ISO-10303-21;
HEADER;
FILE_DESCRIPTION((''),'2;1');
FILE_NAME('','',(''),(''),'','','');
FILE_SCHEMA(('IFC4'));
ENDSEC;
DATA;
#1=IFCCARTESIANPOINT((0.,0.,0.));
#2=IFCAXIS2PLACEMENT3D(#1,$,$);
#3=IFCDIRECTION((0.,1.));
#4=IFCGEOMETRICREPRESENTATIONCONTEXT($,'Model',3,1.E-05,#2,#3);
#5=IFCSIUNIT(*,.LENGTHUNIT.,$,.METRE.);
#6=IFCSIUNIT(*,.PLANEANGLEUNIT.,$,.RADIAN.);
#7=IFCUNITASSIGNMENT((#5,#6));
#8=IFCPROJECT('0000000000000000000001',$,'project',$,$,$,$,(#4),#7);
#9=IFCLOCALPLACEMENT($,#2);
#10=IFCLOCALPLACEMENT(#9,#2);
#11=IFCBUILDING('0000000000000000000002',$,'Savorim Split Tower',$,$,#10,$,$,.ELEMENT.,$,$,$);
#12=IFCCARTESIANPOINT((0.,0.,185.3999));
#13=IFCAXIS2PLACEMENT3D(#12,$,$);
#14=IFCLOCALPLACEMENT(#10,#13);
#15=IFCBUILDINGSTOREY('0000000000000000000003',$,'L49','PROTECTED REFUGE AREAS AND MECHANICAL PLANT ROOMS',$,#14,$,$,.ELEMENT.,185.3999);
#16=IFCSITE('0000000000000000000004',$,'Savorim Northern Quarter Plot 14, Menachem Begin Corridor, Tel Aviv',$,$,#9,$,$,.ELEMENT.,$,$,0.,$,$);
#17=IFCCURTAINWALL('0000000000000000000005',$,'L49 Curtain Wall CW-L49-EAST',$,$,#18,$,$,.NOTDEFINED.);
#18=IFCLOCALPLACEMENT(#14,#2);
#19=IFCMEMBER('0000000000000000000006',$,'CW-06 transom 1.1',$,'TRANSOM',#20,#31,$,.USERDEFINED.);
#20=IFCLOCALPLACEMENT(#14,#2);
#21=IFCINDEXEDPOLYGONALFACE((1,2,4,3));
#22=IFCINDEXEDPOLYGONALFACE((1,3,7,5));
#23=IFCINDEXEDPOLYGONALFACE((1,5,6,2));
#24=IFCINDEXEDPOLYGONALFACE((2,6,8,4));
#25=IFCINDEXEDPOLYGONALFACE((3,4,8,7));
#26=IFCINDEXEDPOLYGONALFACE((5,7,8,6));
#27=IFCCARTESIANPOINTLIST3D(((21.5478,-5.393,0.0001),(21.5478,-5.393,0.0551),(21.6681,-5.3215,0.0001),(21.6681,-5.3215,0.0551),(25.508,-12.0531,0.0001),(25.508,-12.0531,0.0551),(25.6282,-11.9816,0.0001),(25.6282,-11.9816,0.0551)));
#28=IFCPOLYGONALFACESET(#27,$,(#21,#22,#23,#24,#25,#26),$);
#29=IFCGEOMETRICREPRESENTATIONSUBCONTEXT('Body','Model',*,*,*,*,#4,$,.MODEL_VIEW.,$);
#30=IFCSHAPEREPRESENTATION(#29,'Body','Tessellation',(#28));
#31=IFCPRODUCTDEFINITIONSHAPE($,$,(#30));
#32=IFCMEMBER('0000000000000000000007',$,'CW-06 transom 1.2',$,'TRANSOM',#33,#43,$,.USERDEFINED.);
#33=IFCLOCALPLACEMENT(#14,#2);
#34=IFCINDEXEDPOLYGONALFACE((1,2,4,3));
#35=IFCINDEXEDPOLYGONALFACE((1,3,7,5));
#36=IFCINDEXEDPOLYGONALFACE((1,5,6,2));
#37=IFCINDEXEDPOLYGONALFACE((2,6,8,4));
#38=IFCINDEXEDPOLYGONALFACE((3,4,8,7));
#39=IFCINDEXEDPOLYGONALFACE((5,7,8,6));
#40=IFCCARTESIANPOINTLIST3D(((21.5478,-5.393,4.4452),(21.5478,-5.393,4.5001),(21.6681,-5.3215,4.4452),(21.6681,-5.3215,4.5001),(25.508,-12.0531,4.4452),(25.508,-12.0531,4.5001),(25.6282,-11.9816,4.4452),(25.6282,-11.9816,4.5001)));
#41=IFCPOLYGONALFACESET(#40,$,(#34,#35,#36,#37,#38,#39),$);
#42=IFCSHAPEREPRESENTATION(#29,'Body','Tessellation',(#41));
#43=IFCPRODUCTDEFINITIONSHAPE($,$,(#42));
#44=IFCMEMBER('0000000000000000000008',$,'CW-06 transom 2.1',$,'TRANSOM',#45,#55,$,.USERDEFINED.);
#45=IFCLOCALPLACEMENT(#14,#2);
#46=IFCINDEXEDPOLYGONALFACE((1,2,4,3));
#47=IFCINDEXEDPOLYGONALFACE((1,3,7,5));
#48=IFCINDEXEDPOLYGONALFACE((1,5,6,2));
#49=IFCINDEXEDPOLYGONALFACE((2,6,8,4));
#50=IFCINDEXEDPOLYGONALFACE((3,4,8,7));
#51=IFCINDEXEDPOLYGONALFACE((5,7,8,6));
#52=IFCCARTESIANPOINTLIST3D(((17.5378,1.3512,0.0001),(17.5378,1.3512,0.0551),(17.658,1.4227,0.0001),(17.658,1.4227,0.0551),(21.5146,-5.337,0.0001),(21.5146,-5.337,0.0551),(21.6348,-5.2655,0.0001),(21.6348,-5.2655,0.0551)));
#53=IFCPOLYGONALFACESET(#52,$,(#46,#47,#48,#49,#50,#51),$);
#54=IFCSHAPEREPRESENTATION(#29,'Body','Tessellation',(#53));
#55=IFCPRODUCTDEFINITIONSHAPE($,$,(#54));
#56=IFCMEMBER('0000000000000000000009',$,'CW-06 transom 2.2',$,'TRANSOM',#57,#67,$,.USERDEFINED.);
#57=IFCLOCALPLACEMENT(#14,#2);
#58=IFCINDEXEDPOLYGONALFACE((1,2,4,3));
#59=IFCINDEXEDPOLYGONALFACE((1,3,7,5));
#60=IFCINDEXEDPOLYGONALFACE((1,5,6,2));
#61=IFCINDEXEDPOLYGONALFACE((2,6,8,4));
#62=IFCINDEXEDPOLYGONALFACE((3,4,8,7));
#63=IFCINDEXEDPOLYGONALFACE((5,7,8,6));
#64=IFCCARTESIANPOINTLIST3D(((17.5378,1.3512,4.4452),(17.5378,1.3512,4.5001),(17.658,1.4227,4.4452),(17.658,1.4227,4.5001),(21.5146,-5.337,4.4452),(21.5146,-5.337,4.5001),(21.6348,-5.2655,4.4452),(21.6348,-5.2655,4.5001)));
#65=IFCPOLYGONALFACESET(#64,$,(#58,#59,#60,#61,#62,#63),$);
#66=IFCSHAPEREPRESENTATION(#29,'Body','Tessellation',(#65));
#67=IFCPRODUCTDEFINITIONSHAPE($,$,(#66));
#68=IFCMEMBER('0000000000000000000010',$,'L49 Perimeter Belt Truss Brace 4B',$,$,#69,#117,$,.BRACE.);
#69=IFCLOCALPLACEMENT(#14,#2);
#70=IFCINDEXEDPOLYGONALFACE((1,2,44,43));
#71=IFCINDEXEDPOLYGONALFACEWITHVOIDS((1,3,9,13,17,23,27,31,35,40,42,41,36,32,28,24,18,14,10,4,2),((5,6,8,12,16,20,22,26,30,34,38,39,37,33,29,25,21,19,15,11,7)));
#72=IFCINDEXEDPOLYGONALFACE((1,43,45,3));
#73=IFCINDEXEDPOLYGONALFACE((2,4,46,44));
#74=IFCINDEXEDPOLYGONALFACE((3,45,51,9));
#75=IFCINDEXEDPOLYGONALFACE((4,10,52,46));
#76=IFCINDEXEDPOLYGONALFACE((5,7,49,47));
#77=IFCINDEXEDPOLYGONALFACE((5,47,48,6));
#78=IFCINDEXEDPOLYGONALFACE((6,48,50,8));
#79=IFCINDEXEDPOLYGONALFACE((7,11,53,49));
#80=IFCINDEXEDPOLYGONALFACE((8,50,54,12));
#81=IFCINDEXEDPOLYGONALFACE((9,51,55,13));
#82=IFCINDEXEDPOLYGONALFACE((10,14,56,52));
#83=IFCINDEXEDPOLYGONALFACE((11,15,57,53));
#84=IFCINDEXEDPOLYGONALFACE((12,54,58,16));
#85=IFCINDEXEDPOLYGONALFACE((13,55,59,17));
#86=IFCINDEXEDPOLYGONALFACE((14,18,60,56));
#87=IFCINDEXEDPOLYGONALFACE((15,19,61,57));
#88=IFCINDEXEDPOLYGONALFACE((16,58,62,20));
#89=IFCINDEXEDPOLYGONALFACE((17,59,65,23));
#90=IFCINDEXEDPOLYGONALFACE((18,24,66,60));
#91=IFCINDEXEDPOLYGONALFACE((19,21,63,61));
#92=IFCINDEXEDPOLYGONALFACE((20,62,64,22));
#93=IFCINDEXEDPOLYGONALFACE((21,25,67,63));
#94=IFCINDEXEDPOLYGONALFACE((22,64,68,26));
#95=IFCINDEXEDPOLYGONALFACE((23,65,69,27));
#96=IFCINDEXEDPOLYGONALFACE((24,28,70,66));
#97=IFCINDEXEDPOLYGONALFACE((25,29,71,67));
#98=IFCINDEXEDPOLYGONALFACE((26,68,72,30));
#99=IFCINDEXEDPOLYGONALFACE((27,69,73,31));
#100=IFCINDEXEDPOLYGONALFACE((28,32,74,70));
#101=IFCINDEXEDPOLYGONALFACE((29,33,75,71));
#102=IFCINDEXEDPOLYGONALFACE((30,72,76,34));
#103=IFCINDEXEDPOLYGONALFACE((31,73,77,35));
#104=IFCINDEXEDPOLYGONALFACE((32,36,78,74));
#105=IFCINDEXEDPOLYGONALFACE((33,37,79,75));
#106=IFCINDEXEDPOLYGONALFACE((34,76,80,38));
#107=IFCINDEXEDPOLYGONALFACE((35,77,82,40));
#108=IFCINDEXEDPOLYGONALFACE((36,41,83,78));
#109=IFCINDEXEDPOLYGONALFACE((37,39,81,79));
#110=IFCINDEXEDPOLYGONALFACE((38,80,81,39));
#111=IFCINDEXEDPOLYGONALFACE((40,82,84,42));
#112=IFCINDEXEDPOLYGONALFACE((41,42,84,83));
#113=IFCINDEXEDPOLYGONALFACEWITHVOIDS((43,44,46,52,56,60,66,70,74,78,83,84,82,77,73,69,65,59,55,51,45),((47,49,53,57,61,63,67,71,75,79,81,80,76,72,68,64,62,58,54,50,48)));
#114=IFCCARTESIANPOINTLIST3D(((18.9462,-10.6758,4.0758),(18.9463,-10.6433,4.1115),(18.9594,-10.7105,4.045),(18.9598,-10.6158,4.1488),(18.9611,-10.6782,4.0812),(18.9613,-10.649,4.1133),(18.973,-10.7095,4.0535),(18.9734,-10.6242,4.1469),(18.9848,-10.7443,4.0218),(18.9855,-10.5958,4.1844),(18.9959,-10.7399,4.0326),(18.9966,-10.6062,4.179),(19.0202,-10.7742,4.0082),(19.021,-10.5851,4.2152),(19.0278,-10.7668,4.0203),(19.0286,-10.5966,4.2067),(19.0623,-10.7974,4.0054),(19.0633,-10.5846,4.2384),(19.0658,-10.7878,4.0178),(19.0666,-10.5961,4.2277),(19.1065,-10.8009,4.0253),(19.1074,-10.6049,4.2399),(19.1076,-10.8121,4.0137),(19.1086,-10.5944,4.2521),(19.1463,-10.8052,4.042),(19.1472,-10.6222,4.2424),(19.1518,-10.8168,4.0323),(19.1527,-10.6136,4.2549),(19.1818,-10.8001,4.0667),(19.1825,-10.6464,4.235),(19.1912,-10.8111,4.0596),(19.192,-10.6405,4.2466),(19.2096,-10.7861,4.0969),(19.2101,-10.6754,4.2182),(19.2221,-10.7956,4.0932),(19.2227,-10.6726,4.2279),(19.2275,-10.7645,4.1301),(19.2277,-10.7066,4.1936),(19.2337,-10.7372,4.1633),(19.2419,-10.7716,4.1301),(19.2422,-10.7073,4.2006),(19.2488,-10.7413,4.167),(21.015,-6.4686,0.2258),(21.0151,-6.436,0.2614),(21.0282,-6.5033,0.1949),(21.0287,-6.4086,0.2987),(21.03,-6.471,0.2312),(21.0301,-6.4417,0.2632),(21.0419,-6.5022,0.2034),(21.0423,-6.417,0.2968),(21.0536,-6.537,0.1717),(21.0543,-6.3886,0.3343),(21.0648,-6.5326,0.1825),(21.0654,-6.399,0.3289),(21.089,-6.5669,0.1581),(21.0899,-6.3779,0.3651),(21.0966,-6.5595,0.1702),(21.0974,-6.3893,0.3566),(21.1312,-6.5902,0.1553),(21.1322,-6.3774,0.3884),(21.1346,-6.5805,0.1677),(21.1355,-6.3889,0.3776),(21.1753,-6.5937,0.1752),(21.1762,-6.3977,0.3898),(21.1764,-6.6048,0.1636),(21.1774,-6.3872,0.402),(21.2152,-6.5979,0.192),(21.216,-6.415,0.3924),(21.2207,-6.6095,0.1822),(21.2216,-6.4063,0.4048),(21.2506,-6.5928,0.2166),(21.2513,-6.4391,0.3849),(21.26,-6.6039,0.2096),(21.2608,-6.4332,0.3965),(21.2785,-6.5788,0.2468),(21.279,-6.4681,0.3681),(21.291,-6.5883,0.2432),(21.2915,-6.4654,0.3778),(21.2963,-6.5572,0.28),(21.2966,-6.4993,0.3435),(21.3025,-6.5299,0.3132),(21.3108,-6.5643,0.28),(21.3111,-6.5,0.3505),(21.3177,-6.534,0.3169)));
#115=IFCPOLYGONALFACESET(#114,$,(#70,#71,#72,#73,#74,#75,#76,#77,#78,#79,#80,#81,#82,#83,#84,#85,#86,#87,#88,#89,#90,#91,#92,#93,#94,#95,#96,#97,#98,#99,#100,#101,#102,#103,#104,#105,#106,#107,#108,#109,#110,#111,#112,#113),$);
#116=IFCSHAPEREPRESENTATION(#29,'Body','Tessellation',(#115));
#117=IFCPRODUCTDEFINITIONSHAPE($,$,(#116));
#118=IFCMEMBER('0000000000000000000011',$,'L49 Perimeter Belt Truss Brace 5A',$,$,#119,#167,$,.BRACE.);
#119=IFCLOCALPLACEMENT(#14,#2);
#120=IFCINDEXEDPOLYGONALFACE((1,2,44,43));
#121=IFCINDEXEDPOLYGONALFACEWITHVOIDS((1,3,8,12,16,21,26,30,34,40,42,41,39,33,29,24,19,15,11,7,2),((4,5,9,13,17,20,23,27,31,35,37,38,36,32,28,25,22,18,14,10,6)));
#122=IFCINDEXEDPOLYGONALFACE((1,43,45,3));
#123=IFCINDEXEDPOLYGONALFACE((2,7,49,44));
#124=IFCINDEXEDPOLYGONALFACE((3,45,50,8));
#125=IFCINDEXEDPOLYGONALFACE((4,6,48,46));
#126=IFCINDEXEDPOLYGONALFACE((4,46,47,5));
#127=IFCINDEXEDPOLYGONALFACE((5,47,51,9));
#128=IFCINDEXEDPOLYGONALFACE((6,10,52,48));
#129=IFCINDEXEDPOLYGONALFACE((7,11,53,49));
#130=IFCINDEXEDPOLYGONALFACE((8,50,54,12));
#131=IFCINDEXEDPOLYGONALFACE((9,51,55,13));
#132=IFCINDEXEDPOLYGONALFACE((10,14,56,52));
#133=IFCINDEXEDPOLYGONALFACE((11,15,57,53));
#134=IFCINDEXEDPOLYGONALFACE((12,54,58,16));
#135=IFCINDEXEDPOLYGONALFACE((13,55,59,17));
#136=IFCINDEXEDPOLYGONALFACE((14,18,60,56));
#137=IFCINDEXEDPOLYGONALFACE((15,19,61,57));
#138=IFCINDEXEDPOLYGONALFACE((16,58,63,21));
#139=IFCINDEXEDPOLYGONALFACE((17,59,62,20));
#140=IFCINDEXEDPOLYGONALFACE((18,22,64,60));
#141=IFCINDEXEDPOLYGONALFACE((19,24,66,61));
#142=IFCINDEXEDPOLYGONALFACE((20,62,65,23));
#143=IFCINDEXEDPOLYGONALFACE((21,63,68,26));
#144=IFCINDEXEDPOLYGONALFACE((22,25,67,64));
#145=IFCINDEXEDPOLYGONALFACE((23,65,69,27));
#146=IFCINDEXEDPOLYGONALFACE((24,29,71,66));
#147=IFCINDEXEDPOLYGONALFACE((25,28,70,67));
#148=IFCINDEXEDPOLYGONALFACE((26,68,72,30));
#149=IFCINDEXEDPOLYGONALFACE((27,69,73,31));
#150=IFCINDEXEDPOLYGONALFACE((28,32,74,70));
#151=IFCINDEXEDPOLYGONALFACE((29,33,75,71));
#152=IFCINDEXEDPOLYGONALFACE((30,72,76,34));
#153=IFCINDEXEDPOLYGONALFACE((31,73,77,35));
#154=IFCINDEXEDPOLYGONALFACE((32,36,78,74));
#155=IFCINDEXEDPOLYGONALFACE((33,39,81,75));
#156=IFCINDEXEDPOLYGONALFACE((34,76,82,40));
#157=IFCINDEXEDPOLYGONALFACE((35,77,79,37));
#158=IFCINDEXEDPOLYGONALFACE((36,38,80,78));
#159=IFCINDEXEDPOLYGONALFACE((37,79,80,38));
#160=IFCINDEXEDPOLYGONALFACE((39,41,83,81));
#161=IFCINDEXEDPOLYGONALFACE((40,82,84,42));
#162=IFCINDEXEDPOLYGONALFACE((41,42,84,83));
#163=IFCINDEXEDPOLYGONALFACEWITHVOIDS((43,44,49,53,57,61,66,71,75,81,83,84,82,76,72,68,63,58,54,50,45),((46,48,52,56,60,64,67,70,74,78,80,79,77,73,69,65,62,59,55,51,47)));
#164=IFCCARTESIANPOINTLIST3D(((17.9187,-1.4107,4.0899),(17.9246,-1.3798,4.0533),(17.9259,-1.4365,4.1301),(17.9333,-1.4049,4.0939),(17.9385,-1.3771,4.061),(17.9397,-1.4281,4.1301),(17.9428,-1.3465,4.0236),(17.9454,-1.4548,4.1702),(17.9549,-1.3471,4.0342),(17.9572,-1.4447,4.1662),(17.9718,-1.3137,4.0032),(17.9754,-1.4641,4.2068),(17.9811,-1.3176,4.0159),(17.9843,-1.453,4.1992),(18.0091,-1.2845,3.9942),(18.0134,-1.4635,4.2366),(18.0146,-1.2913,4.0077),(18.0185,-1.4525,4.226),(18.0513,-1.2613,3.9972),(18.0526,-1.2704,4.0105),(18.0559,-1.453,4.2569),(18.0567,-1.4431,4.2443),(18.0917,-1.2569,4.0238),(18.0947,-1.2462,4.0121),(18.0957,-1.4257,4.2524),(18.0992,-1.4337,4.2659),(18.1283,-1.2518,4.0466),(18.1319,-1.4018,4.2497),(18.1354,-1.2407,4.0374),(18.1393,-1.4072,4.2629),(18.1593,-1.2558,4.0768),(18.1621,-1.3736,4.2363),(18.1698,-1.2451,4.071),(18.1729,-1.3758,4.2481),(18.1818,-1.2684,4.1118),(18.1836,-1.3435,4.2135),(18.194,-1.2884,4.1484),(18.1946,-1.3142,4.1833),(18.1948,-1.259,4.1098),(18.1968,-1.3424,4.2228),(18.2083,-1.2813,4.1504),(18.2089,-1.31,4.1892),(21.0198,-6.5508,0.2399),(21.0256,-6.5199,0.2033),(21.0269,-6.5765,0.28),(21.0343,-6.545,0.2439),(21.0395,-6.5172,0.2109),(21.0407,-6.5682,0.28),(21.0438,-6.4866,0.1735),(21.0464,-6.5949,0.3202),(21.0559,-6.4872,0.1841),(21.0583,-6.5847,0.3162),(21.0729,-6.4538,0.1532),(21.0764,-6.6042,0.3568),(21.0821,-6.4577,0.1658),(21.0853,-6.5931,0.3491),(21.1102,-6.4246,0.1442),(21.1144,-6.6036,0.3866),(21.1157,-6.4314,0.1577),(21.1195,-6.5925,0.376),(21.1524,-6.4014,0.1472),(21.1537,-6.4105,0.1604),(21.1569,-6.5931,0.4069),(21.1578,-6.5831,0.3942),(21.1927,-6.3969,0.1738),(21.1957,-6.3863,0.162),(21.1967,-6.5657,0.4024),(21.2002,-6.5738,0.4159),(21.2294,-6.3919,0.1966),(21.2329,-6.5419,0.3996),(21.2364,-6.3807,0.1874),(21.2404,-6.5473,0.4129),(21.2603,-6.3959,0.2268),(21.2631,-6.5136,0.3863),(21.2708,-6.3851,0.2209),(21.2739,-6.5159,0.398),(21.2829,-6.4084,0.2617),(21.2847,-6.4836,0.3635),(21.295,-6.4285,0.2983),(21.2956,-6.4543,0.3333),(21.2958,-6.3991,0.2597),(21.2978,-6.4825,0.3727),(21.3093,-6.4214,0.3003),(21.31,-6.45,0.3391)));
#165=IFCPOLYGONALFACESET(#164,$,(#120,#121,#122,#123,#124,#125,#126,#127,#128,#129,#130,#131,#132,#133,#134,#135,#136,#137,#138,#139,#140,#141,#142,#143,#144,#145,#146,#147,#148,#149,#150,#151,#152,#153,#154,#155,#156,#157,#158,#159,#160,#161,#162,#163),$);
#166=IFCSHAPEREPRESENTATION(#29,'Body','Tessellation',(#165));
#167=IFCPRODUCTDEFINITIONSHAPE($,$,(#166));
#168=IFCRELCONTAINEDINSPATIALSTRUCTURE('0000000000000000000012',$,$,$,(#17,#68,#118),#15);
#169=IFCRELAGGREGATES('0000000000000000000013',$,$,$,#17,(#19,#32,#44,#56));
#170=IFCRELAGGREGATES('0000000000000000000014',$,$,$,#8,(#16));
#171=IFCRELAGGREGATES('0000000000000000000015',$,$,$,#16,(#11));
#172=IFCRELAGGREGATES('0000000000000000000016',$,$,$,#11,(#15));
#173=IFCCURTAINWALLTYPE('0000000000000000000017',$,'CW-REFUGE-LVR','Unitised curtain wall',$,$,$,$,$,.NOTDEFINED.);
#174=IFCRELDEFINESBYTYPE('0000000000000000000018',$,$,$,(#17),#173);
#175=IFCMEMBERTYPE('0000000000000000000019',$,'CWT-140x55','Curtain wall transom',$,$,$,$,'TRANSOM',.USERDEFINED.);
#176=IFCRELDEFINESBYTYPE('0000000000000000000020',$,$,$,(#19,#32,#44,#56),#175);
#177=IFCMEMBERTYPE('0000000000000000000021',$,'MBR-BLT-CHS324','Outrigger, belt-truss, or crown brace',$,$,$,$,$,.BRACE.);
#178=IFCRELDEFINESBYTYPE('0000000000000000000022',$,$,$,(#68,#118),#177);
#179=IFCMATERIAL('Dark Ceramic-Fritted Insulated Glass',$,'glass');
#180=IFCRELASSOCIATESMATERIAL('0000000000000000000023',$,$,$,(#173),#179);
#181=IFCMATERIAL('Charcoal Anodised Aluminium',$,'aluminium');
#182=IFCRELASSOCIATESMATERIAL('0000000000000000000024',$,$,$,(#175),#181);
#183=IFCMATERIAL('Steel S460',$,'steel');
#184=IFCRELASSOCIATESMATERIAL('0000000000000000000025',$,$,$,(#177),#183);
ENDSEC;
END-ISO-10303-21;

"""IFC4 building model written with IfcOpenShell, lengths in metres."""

from ifc_helpers import new_model, si_unit, direction, frame, origin, origin_2d, place, context, subcontext, project, spatial, rectangle, hollow_circle, extrude, material, material_profile, profile_set, type_object, element, aggregate, save


model = new_model("IFC4")

# Units and contexts
model_context = context("Model", 3, precision=1e-05, world=origin(), true_north=direction((0.0, 1.0)))
body_context = subcontext(model_context, "Body", "Model", "MODEL_VIEW")
ifc_project = project(units=[si_unit("LENGTHUNIT", "METRE"), si_unit("PLANEANGLEUNIT", "RADIAN")], contexts=[model_context])

# Site, building, storey
site_placement = place(None, origin())
site = spatial("IfcSite", under=ifc_project, at=site_placement, Name="Savorim Northern Quarter Plot 14, Menachem Begin Corridor, Tel Aviv", CompositionType="ELEMENT", RefElevation=0.0)
building_placement = place(site_placement, origin())
building = spatial("IfcBuilding", under=site, at=building_placement, Name="Savorim Split Tower", CompositionType="ELEMENT")
storey_placement = place(building_placement, frame((0.0, 0.0, 185.3999)))
storey = spatial("IfcBuildingStorey", under=building, at=storey_placement, Name="L49", Description="PROTECTED REFUGE AREAS AND MECHANICAL PLANT ROOMS", CompositionType="ELEMENT", Elevation=185.3999)

# Shared definitions
ifc_material_1 = material(Name="Dark Ceramic-Fritted Insulated Glass", Category="glass")
curtain_wall_type = type_object("IfcCurtainWallType", Name="CW-REFUGE-LVR", Description="Unitised curtain wall", PredefinedType="NOTDEFINED", material=ifc_material_1)
ifc_material_2 = material(Name="Charcoal Anodised Aluminium", Category="aluminium")

# Curtain wall, members
curtain_wall_1_placement = place(storey_placement, origin())
curtain_wall_1 = element("IfcCurtainWall", 1, at=curtain_wall_1_placement, inside=storey, type_object=curtain_wall_type, Name="L49 Curtain Wall CW-L49-EAST", PredefinedType="NOTDEFINED")
ifc_material_profile_1 = material_profile(ifc_material_2, rectangle(XDim=0.1399, YDim=0.0549, at=origin_2d()), Name="ALU-T 140x55")
ifc_profile_set_1 = profile_set([ifc_material_profile_1], Name="Charcoal Anodised Aluminium")
member_type_1 = type_object("IfcMemberType", Name="CWT-140x55", Description="Curtain wall transom", ElementType="TRANSOM", PredefinedType="USERDEFINED", material=ifc_profile_set_1)
member_1_placement = place(storey_placement, frame((25.5681, -12.0173, 0.0276), z_axis=(-0.511086, 0.85953, 0.0), x_axis=(-0.85953, -0.511086, 0.0)))
member_1 = element("IfcMember", 2, at=member_1_placement, type_object=member_type_1, Name="CW-06 transom 1.1", ObjectType="TRANSOM", PredefinedType="USERDEFINED", context=body_context, shape_type="SweptSolid", body=[
    extrude(rectangle(XDim=0.1399, YDim=0.0549, at=origin_2d()), origin(), (0.0, 0.0, 1.0), 7.7485),
])
member_2_placement = place(storey_placement, frame((25.5681, -12.0173, 4.4727), z_axis=(-0.511086, 0.85953, 0.0), x_axis=(-0.85953, -0.511086, 0.0)))
member_2 = element("IfcMember", 3, at=member_2_placement, type_object=member_type_1, Name="CW-06 transom 1.2", ObjectType="TRANSOM", PredefinedType="USERDEFINED", context=body_context, shape_type="SweptSolid", body=[
    extrude(rectangle(XDim=0.1399, YDim=0.0549, at=origin_2d()), origin(), (0.0, 0.0, 1.0), 7.7485),
])
member_3_placement = place(storey_placement, frame((21.5747, -5.3013, 0.0276), z_axis=(-0.511077, 0.859535, 0.0), x_axis=(-0.859535, -0.511077, 0.0)))
member_3 = element("IfcMember", 4, at=member_3_placement, type_object=member_type_1, Name="CW-06 transom 2.1", ObjectType="TRANSOM", PredefinedType="USERDEFINED", context=body_context, shape_type="SweptSolid", body=[
    extrude(rectangle(XDim=0.1399, YDim=0.0549, at=origin_2d()), origin(), (0.0, 0.0, 1.0), 7.7812),
])
member_4_placement = place(storey_placement, frame((21.5747, -5.3013, 4.4727), z_axis=(-0.511077, 0.859535, 0.0), x_axis=(-0.859535, -0.511077, 0.0)))
member_4 = element("IfcMember", 5, at=member_4_placement, type_object=member_type_1, Name="CW-06 transom 2.2", ObjectType="TRANSOM", PredefinedType="USERDEFINED", context=body_context, shape_type="SweptSolid", body=[
    extrude(rectangle(XDim=0.1399, YDim=0.0549, at=origin_2d()), origin(), (0.0, 0.0, 1.0), 7.7812),
])

# Members
ifc_material_3 = material(Name="Steel S460", Category="steel")
ifc_material_profile_2 = material_profile(ifc_material_3, hollow_circle(Radius=0.1619, WallThickness=0.0161, at=origin_2d()), Name="CHS 323.9x16")
ifc_profile_set_2 = profile_set([ifc_material_profile_2], Name="Steel S460")
member_type_2 = type_object("IfcMemberType", Name="MBR-BLT-CHS324", Description="Outrigger, belt-truss, or crown brace", PredefinedType="BRACE", material=ifc_profile_set_2)
member_5_placement = place(storey_placement, frame((21.1655, -6.4929, 0.28), z_axis=(-0.341018, -0.693506, 0.634631), x_axis=(0.897376, -0.441267, 0.0)))
element("IfcMember", 6, at=member_5_placement, inside=storey, type_object=member_type_2, Name="L49 Perimeter Belt Truss Brace 4B", PredefinedType="BRACE", context=body_context, shape_type="SweptSolid", body=[
    extrude(hollow_circle(Radius=0.1619, WallThickness=0.0161, at=origin_2d()), origin(), (0.0, 0.0, 1.0), 6.0667),
])
member_6_placement = place(storey_placement, frame((21.1655, -6.4929, 0.28), z_axis=(-0.434831, 0.720747, 0.539858), x_axis=(-0.856242, -0.516576, 0.0)))
element("IfcMember", 7, at=member_6_placement, inside=storey, type_object=member_type_2, Name="L49 Perimeter Belt Truss Brace 5A", PredefinedType="BRACE", context=body_context, shape_type="SweptSolid", body=[
    extrude(hollow_circle(Radius=0.1619, WallThickness=0.0161, at=origin_2d()), origin(), (0.0, 0.0, 1.0), 7.1316),
])

aggregate(curtain_wall_1, [member_1, member_2, member_3, member_4])

save(model, "model.ifc")
